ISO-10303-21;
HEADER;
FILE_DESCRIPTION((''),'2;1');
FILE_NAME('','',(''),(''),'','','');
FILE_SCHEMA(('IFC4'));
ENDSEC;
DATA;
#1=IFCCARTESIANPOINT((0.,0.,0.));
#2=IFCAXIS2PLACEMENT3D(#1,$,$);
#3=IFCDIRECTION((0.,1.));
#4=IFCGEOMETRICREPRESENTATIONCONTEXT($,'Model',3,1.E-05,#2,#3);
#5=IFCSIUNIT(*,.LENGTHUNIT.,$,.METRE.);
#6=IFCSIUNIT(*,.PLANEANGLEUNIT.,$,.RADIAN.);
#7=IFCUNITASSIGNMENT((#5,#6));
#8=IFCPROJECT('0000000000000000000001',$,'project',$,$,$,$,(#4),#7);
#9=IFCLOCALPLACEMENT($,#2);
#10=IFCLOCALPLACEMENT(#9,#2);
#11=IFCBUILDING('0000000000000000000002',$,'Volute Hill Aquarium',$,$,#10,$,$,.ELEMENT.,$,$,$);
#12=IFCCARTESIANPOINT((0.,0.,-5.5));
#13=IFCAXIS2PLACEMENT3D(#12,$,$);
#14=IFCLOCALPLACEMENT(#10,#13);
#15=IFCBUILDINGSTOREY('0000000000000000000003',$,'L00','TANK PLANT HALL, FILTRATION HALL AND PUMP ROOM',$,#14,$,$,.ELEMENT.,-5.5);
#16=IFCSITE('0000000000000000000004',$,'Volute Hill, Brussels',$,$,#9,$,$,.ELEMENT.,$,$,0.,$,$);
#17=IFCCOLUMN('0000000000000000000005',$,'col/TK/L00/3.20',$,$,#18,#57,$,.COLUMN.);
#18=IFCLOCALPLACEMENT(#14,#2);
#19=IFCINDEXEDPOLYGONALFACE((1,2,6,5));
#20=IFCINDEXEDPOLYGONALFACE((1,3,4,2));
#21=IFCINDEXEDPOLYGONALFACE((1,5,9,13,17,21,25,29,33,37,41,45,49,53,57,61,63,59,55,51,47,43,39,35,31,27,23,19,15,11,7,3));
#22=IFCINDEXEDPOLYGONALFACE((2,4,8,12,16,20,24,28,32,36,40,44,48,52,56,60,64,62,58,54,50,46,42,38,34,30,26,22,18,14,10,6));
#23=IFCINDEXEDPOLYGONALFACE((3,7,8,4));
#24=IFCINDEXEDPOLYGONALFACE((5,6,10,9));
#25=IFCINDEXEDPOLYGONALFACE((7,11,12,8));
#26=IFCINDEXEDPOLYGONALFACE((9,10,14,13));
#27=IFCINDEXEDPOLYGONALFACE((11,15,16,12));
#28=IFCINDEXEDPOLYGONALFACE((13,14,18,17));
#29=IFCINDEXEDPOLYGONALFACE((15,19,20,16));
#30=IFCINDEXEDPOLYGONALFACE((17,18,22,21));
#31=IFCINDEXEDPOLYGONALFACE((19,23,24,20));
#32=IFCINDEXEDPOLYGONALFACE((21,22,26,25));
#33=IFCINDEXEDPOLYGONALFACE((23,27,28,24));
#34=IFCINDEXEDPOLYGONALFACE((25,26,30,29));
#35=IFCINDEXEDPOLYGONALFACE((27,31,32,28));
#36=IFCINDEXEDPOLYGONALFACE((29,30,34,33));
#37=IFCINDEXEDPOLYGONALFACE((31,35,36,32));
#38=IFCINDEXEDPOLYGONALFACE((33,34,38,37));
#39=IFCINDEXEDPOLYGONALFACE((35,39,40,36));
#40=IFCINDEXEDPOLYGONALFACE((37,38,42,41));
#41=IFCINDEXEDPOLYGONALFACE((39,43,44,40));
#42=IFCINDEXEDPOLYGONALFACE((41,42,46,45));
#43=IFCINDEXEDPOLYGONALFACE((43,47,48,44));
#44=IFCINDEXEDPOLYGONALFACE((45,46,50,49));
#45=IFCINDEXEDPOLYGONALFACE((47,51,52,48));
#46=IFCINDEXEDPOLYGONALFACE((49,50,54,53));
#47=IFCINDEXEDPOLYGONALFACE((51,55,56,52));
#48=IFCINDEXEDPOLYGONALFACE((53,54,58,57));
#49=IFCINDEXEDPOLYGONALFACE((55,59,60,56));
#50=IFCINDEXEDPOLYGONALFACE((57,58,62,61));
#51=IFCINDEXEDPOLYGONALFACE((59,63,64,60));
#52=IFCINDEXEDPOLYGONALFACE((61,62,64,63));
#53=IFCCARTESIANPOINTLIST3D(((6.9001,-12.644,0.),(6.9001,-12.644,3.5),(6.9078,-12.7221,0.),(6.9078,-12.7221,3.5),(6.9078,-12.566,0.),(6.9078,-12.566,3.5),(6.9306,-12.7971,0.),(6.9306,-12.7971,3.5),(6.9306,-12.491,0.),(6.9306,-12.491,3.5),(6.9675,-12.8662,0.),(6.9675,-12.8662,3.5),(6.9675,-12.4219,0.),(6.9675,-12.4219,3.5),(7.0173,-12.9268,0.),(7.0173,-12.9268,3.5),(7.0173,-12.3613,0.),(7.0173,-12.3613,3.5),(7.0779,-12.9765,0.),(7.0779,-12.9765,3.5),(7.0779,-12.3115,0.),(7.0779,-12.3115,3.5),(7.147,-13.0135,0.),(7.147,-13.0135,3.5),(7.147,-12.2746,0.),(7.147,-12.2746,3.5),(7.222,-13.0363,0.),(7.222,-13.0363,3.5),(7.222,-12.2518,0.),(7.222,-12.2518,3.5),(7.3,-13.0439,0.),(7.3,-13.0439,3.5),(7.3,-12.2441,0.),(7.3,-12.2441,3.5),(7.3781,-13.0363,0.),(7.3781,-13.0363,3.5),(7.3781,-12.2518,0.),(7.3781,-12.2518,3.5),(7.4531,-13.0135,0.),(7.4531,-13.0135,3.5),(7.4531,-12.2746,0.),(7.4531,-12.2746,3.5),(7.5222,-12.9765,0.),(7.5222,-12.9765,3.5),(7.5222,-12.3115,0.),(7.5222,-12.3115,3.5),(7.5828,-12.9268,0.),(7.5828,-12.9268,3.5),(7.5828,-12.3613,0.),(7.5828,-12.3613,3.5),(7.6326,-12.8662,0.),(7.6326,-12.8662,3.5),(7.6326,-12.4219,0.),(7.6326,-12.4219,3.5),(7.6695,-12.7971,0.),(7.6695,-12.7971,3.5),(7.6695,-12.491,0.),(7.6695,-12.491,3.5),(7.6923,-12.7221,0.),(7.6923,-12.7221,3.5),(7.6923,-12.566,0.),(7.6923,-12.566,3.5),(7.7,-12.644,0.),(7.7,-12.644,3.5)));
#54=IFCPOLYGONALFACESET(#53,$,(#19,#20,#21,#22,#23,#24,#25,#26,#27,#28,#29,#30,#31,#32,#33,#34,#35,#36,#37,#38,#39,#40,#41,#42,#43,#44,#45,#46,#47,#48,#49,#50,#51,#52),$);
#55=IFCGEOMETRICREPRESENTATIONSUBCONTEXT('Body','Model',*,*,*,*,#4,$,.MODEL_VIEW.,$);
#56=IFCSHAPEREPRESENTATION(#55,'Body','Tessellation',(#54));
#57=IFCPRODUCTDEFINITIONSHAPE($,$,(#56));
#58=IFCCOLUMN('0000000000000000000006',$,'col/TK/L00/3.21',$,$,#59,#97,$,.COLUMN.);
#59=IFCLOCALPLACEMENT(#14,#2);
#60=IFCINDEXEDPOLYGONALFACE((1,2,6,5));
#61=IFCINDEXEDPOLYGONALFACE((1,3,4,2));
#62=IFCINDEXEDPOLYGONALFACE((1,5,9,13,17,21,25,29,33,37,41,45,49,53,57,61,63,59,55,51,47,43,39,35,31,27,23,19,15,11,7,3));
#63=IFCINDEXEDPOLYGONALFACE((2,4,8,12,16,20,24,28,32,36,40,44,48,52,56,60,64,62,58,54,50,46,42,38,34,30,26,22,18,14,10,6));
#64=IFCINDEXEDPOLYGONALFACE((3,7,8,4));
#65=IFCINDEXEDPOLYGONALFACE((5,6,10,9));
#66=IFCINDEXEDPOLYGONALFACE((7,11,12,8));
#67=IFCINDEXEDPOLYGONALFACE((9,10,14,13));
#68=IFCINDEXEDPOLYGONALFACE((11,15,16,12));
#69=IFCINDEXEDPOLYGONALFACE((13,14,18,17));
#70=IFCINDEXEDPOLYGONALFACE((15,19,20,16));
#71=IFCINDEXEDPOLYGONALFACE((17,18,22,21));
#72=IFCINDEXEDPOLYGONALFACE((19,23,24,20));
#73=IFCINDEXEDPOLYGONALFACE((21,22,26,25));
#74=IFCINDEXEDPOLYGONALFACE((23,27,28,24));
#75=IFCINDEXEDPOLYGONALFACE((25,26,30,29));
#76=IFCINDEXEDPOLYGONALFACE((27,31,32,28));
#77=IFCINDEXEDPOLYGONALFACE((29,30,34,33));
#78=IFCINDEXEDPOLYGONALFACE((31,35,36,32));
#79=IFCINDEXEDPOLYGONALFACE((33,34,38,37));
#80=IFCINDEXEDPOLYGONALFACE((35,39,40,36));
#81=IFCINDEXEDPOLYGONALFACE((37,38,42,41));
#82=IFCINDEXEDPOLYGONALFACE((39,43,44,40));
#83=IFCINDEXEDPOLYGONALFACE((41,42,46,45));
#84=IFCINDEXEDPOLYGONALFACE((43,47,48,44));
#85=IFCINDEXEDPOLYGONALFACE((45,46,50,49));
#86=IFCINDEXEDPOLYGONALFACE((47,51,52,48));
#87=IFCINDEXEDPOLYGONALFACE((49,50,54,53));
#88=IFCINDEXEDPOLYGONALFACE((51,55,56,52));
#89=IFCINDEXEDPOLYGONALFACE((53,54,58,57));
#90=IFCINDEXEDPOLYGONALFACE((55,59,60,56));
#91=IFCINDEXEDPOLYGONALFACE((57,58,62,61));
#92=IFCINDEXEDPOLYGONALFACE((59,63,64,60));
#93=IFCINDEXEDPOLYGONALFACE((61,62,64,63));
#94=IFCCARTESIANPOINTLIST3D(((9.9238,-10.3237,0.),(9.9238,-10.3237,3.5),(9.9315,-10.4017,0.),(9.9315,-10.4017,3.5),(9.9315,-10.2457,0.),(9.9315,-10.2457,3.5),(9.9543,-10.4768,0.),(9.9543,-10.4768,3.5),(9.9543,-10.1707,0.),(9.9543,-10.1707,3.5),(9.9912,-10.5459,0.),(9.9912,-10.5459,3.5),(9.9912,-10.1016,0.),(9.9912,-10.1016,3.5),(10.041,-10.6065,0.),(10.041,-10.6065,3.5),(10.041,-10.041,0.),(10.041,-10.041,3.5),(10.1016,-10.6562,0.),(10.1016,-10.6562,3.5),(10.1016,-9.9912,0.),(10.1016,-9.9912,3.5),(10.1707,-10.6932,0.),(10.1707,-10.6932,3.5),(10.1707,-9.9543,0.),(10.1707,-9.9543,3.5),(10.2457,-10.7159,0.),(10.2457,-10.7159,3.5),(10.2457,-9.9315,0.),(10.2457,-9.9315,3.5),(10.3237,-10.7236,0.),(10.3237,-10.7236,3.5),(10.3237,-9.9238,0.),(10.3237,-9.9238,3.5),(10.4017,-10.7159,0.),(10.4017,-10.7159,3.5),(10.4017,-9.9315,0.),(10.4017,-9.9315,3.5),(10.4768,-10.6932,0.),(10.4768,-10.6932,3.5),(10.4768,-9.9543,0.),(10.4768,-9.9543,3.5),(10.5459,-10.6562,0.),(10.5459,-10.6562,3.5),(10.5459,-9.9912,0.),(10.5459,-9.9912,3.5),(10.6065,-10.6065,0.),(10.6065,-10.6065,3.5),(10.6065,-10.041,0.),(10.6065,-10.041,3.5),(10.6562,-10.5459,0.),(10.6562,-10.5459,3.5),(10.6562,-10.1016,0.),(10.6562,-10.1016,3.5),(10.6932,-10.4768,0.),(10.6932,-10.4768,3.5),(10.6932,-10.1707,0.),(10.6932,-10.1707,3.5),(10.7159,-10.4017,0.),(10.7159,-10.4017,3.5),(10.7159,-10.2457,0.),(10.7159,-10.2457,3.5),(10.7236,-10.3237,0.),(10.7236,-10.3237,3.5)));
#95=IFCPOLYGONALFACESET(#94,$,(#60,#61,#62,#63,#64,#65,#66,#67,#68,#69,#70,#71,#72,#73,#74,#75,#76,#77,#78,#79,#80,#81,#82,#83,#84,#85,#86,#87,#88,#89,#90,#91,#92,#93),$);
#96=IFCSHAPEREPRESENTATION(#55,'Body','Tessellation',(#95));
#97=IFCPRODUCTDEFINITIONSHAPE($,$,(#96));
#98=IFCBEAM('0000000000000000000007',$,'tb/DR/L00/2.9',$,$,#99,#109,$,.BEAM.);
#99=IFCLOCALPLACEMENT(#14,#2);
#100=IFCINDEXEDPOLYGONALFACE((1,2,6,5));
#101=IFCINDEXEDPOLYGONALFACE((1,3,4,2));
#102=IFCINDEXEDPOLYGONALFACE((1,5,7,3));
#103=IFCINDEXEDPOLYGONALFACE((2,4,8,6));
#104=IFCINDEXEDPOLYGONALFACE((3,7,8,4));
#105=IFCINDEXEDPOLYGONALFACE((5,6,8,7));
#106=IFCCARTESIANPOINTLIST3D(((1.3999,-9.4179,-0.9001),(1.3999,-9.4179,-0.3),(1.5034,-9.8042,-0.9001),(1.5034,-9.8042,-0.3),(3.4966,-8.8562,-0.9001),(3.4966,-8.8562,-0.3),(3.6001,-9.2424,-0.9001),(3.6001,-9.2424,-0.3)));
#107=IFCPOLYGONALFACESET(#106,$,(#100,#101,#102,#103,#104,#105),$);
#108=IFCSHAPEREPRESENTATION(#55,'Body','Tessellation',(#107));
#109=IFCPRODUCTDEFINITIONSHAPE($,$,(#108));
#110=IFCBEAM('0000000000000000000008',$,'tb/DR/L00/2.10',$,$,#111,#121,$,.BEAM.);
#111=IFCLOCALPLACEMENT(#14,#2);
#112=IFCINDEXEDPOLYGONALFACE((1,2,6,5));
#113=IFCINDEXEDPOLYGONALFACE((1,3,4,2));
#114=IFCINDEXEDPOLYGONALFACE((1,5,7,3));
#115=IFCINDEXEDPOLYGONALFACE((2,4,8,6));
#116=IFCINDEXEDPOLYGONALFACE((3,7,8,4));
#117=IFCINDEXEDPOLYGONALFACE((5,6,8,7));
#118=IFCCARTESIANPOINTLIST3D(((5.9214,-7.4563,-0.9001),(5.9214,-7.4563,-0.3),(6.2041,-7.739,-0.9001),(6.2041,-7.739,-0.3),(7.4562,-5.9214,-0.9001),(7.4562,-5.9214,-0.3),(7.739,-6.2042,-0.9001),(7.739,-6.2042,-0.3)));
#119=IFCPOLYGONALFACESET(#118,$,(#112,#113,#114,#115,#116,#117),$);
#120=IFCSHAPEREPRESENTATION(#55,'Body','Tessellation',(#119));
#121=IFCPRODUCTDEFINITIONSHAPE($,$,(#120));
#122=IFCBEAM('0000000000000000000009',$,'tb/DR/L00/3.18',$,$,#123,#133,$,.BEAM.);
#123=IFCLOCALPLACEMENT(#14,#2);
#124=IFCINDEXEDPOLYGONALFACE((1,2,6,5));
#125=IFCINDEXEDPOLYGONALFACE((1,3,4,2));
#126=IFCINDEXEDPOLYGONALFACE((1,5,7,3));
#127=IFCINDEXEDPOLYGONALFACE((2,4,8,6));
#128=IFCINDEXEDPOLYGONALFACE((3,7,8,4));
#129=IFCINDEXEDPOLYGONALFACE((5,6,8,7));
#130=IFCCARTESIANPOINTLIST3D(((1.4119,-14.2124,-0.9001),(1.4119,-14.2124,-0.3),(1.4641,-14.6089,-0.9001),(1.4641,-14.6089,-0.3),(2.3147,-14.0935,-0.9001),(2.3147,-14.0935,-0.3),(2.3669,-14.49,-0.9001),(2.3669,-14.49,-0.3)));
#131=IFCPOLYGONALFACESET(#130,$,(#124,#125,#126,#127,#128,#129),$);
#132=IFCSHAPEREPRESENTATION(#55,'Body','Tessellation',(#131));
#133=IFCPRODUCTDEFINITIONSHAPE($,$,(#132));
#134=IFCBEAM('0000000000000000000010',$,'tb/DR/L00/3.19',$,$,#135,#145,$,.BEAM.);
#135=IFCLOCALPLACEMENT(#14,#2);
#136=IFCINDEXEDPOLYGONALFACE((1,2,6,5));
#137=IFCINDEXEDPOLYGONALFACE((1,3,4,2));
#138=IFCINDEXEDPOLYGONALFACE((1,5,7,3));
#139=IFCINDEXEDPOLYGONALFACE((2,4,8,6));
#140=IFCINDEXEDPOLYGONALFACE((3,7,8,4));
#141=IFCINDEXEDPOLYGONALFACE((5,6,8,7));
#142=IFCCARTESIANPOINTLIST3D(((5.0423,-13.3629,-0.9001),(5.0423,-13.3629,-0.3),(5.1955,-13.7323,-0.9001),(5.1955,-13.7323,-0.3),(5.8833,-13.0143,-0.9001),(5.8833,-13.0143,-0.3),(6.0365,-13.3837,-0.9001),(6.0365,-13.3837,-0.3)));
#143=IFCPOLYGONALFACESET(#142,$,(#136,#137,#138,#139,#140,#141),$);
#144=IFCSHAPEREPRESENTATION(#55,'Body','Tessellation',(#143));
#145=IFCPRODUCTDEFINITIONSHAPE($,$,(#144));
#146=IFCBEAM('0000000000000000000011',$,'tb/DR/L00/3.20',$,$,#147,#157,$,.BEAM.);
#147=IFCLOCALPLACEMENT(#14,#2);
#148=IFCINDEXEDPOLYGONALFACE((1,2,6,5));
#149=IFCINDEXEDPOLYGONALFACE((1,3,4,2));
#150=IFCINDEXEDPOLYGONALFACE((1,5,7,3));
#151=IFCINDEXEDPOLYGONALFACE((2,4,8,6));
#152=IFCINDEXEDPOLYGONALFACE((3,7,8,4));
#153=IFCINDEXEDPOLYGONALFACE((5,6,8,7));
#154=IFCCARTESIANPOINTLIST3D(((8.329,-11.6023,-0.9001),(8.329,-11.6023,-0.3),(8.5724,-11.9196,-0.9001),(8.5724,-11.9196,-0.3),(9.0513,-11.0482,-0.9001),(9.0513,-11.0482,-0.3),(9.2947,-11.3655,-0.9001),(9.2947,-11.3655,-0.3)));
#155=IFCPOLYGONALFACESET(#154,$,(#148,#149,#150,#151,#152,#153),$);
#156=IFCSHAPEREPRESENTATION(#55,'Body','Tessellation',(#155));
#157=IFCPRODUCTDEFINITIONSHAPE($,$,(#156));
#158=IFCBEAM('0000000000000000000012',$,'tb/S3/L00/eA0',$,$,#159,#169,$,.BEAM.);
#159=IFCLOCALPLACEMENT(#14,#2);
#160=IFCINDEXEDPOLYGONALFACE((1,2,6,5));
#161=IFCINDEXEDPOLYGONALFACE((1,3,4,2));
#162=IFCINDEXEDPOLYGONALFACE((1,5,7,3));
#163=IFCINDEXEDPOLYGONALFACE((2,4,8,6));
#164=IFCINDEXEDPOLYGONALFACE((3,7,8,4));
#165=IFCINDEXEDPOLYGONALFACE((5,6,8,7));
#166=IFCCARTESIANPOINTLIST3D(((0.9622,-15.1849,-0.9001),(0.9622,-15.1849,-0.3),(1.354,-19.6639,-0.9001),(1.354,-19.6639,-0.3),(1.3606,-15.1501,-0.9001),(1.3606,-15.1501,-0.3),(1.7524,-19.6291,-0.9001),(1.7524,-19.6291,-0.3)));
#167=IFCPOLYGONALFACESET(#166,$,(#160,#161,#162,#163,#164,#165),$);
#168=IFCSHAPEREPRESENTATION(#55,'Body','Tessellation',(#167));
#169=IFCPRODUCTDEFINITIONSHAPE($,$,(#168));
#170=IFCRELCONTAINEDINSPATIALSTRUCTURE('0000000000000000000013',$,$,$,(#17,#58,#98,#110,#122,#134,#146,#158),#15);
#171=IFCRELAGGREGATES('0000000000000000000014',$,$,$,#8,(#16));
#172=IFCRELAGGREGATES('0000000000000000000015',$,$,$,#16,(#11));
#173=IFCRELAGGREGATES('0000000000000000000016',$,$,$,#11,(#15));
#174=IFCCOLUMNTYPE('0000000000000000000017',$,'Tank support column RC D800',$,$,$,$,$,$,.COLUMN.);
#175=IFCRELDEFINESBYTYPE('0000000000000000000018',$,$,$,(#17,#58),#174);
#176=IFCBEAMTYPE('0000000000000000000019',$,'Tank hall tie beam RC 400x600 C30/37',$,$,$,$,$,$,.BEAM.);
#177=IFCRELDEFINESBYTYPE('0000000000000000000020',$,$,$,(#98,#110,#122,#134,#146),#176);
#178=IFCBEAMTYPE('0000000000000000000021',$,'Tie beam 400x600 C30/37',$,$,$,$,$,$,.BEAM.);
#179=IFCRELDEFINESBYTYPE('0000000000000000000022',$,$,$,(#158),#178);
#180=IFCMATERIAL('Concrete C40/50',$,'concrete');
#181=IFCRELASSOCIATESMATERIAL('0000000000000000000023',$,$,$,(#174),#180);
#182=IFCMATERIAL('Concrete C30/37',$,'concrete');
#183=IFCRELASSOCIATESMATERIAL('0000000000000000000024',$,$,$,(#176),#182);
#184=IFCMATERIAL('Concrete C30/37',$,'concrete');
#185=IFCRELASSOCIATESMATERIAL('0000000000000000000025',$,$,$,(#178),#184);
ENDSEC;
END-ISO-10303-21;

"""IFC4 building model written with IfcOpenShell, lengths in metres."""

from ifc_helpers import new_model, si_unit, direction, frame, origin, origin_2d, place, context, subcontext, project, spatial, rectangle, circle, extrude, material, material_profile, profile_set, type_object, element, save


model = new_model("IFC4")

# Units and contexts
model_context = context("Model", 3, precision=1e-05, world=origin(), true_north=direction((0.0, 1.0)))
body_context = subcontext(model_context, "Body", "Model", "MODEL_VIEW")
ifc_project = project(units=[si_unit("LENGTHUNIT", "METRE"), si_unit("PLANEANGLEUNIT", "RADIAN")], contexts=[model_context])

# Site, building, storey
site_placement = place(None, origin())
site = spatial("IfcSite", under=ifc_project, at=site_placement, Name="Volute Hill, Brussels", CompositionType="ELEMENT", RefElevation=0.0)
building_placement = place(site_placement, origin())
building = spatial("IfcBuilding", under=site, at=building_placement, Name="Volute Hill Aquarium", CompositionType="ELEMENT")
storey_placement = place(building_placement, frame((0.0, 0.0, -5.5)))
storey = spatial("IfcBuildingStorey", under=building, at=storey_placement, Name="L00", Description="TANK PLANT HALL, FILTRATION HALL AND PUMP ROOM", CompositionType="ELEMENT", Elevation=-5.5)

# Columns
ifc_material_1 = material(Name="Concrete C40/50", Category="concrete")
ifc_material_profile_1 = material_profile(ifc_material_1, circle(Radius=0.3999, at=origin_2d()), Name="RC round column D800")
ifc_profile_set_1 = profile_set([ifc_material_profile_1], Name="Concrete C40/50")
column_type = type_object("IfcColumnType", Name="Tank support column RC D800", PredefinedType="COLUMN", material=ifc_profile_set_1)
for number, where, z_axis, x_axis, name in (
    (1, (7.3, -12.644, 0.0), (0.0, 0.0, 1.0), (1.0, 0.0, 0.0), "col/TK/L00/3.20"),
    (2, (10.3237, -10.3237, 0.0), (0.0, 0.0, 1.0), (1.0, 0.0, 0.0), "col/TK/L00/3.21"),
):
    element("IfcColumn", number, at=place(storey_placement, frame(where, z_axis=z_axis, x_axis=x_axis)), inside=storey, type_object=column_type, Name=name, PredefinedType="COLUMN", context=body_context, shape_type="SweptSolid", body=[
        extrude(circle(Radius=0.3999, at=origin_2d()), origin(), (0.0, 0.0, 1.0), 3.5),
    ])

# Beams
ifc_material_2 = material(Name="Concrete C30/37", Category="concrete")
ifc_material_profile_2 = material_profile(ifc_material_2, rectangle(XDim=0.3999, YDim=0.6001, at=origin_2d()), Name="RC tie beam 400x600")
ifc_profile_set_2 = profile_set([ifc_material_profile_2], Name="Concrete C30/37")
beam_type_1 = type_object("IfcBeamType", Name="Tank hall tie beam RC 400x600 C30/37", PredefinedType="BEAM", material=ifc_profile_set_2)
for number, where, z_axis, x_axis, name in (
    (3, (1.4517, -9.6111, -0.6001), (0.96593, 0.258804, 0.0), (-0.258804, 0.96593, 0.0), "tb/DR/L00/2.9"),
    (4, (6.0627, -7.5977, -0.6001), (0.707107, 0.707107, 0.0), (-0.707107, 0.707107, 0.0), "tb/DR/L00/2.10"),
):
    element("IfcBeam", number, at=place(storey_placement, frame(where, z_axis=z_axis, x_axis=x_axis)), inside=storey, type_object=beam_type_1, Name=name, PredefinedType="BEAM", context=body_context, shape_type="SweptSolid", body=[
        extrude(rectangle(XDim=0.3999, YDim=0.6001, at=origin_2d()), origin(), (0.0, 0.0, 1.0), 2.1707),
    ])
beam_1_placement = place(storey_placement, frame((1.438, -14.4106, -0.6001), z_axis=(0.99144, 0.130565, 0.0), x_axis=(-0.130565, 0.99144, 0.0)))
element("IfcBeam", 5, at=beam_1_placement, inside=storey, type_object=beam_type_1, Name="tb/DR/L00/3.18", PredefinedType="BEAM", context=body_context, shape_type="SweptSolid", body=[
    extrude(rectangle(XDim=0.3999, YDim=0.6001, at=origin_2d()), origin(), (0.0, 0.0, 1.0), 0.9106),
])
for number, where, z_axis, x_axis, name in (
    (6, (5.1189, -13.5476, -0.6001), (0.923781, 0.38292, 0.0), (-0.38292, 0.923781, 0.0), "tb/DR/L00/3.19"),
    (7, (8.4507, -11.761, -0.6001), (0.793421, 0.608674, 0.0), (-0.608674, 0.793421, 0.0), "tb/DR/L00/3.20"),
):
    element("IfcBeam", number, at=place(storey_placement, frame(where, z_axis=z_axis, x_axis=x_axis)), inside=storey, type_object=beam_type_1, Name=name, PredefinedType="BEAM", context=body_context, shape_type="SweptSolid", body=[
        extrude(rectangle(XDim=0.3999, YDim=0.6001, at=origin_2d()), origin(), (0.0, 0.0, 1.0), 0.9104),
    ])
ifc_material_3 = material(Name="Concrete C30/37", Category="concrete")
ifc_material_profile_3 = material_profile(ifc_material_3, rectangle(XDim=0.3999, YDim=0.6001, at=origin_2d()), Name="RC tie beam 400x600")
ifc_profile_set_3 = profile_set([ifc_material_profile_3], Name="Concrete C30/37")
beam_type_2 = type_object("IfcBeamType", Name="Tie beam 400x600 C30/37", PredefinedType="BEAM", material=ifc_profile_set_3)
beam_2_placement = place(storey_placement, frame((1.5532, -19.6465, -0.6001), z_axis=(-0.087152, 0.996195, 0.0), x_axis=(-0.996195, -0.087152, 0.0)))
element("IfcBeam", 8, at=beam_2_placement, inside=storey, type_object=beam_type_2, Name="tb/S3/L00/eA0", PredefinedType="BEAM", context=body_context, shape_type="SweptSolid", body=[
    extrude(rectangle(XDim=0.3999, YDim=0.6001, at=origin_2d()), origin(), (0.0, 0.0, 1.0), 4.4961),
])

save(model, "model.ifc")
